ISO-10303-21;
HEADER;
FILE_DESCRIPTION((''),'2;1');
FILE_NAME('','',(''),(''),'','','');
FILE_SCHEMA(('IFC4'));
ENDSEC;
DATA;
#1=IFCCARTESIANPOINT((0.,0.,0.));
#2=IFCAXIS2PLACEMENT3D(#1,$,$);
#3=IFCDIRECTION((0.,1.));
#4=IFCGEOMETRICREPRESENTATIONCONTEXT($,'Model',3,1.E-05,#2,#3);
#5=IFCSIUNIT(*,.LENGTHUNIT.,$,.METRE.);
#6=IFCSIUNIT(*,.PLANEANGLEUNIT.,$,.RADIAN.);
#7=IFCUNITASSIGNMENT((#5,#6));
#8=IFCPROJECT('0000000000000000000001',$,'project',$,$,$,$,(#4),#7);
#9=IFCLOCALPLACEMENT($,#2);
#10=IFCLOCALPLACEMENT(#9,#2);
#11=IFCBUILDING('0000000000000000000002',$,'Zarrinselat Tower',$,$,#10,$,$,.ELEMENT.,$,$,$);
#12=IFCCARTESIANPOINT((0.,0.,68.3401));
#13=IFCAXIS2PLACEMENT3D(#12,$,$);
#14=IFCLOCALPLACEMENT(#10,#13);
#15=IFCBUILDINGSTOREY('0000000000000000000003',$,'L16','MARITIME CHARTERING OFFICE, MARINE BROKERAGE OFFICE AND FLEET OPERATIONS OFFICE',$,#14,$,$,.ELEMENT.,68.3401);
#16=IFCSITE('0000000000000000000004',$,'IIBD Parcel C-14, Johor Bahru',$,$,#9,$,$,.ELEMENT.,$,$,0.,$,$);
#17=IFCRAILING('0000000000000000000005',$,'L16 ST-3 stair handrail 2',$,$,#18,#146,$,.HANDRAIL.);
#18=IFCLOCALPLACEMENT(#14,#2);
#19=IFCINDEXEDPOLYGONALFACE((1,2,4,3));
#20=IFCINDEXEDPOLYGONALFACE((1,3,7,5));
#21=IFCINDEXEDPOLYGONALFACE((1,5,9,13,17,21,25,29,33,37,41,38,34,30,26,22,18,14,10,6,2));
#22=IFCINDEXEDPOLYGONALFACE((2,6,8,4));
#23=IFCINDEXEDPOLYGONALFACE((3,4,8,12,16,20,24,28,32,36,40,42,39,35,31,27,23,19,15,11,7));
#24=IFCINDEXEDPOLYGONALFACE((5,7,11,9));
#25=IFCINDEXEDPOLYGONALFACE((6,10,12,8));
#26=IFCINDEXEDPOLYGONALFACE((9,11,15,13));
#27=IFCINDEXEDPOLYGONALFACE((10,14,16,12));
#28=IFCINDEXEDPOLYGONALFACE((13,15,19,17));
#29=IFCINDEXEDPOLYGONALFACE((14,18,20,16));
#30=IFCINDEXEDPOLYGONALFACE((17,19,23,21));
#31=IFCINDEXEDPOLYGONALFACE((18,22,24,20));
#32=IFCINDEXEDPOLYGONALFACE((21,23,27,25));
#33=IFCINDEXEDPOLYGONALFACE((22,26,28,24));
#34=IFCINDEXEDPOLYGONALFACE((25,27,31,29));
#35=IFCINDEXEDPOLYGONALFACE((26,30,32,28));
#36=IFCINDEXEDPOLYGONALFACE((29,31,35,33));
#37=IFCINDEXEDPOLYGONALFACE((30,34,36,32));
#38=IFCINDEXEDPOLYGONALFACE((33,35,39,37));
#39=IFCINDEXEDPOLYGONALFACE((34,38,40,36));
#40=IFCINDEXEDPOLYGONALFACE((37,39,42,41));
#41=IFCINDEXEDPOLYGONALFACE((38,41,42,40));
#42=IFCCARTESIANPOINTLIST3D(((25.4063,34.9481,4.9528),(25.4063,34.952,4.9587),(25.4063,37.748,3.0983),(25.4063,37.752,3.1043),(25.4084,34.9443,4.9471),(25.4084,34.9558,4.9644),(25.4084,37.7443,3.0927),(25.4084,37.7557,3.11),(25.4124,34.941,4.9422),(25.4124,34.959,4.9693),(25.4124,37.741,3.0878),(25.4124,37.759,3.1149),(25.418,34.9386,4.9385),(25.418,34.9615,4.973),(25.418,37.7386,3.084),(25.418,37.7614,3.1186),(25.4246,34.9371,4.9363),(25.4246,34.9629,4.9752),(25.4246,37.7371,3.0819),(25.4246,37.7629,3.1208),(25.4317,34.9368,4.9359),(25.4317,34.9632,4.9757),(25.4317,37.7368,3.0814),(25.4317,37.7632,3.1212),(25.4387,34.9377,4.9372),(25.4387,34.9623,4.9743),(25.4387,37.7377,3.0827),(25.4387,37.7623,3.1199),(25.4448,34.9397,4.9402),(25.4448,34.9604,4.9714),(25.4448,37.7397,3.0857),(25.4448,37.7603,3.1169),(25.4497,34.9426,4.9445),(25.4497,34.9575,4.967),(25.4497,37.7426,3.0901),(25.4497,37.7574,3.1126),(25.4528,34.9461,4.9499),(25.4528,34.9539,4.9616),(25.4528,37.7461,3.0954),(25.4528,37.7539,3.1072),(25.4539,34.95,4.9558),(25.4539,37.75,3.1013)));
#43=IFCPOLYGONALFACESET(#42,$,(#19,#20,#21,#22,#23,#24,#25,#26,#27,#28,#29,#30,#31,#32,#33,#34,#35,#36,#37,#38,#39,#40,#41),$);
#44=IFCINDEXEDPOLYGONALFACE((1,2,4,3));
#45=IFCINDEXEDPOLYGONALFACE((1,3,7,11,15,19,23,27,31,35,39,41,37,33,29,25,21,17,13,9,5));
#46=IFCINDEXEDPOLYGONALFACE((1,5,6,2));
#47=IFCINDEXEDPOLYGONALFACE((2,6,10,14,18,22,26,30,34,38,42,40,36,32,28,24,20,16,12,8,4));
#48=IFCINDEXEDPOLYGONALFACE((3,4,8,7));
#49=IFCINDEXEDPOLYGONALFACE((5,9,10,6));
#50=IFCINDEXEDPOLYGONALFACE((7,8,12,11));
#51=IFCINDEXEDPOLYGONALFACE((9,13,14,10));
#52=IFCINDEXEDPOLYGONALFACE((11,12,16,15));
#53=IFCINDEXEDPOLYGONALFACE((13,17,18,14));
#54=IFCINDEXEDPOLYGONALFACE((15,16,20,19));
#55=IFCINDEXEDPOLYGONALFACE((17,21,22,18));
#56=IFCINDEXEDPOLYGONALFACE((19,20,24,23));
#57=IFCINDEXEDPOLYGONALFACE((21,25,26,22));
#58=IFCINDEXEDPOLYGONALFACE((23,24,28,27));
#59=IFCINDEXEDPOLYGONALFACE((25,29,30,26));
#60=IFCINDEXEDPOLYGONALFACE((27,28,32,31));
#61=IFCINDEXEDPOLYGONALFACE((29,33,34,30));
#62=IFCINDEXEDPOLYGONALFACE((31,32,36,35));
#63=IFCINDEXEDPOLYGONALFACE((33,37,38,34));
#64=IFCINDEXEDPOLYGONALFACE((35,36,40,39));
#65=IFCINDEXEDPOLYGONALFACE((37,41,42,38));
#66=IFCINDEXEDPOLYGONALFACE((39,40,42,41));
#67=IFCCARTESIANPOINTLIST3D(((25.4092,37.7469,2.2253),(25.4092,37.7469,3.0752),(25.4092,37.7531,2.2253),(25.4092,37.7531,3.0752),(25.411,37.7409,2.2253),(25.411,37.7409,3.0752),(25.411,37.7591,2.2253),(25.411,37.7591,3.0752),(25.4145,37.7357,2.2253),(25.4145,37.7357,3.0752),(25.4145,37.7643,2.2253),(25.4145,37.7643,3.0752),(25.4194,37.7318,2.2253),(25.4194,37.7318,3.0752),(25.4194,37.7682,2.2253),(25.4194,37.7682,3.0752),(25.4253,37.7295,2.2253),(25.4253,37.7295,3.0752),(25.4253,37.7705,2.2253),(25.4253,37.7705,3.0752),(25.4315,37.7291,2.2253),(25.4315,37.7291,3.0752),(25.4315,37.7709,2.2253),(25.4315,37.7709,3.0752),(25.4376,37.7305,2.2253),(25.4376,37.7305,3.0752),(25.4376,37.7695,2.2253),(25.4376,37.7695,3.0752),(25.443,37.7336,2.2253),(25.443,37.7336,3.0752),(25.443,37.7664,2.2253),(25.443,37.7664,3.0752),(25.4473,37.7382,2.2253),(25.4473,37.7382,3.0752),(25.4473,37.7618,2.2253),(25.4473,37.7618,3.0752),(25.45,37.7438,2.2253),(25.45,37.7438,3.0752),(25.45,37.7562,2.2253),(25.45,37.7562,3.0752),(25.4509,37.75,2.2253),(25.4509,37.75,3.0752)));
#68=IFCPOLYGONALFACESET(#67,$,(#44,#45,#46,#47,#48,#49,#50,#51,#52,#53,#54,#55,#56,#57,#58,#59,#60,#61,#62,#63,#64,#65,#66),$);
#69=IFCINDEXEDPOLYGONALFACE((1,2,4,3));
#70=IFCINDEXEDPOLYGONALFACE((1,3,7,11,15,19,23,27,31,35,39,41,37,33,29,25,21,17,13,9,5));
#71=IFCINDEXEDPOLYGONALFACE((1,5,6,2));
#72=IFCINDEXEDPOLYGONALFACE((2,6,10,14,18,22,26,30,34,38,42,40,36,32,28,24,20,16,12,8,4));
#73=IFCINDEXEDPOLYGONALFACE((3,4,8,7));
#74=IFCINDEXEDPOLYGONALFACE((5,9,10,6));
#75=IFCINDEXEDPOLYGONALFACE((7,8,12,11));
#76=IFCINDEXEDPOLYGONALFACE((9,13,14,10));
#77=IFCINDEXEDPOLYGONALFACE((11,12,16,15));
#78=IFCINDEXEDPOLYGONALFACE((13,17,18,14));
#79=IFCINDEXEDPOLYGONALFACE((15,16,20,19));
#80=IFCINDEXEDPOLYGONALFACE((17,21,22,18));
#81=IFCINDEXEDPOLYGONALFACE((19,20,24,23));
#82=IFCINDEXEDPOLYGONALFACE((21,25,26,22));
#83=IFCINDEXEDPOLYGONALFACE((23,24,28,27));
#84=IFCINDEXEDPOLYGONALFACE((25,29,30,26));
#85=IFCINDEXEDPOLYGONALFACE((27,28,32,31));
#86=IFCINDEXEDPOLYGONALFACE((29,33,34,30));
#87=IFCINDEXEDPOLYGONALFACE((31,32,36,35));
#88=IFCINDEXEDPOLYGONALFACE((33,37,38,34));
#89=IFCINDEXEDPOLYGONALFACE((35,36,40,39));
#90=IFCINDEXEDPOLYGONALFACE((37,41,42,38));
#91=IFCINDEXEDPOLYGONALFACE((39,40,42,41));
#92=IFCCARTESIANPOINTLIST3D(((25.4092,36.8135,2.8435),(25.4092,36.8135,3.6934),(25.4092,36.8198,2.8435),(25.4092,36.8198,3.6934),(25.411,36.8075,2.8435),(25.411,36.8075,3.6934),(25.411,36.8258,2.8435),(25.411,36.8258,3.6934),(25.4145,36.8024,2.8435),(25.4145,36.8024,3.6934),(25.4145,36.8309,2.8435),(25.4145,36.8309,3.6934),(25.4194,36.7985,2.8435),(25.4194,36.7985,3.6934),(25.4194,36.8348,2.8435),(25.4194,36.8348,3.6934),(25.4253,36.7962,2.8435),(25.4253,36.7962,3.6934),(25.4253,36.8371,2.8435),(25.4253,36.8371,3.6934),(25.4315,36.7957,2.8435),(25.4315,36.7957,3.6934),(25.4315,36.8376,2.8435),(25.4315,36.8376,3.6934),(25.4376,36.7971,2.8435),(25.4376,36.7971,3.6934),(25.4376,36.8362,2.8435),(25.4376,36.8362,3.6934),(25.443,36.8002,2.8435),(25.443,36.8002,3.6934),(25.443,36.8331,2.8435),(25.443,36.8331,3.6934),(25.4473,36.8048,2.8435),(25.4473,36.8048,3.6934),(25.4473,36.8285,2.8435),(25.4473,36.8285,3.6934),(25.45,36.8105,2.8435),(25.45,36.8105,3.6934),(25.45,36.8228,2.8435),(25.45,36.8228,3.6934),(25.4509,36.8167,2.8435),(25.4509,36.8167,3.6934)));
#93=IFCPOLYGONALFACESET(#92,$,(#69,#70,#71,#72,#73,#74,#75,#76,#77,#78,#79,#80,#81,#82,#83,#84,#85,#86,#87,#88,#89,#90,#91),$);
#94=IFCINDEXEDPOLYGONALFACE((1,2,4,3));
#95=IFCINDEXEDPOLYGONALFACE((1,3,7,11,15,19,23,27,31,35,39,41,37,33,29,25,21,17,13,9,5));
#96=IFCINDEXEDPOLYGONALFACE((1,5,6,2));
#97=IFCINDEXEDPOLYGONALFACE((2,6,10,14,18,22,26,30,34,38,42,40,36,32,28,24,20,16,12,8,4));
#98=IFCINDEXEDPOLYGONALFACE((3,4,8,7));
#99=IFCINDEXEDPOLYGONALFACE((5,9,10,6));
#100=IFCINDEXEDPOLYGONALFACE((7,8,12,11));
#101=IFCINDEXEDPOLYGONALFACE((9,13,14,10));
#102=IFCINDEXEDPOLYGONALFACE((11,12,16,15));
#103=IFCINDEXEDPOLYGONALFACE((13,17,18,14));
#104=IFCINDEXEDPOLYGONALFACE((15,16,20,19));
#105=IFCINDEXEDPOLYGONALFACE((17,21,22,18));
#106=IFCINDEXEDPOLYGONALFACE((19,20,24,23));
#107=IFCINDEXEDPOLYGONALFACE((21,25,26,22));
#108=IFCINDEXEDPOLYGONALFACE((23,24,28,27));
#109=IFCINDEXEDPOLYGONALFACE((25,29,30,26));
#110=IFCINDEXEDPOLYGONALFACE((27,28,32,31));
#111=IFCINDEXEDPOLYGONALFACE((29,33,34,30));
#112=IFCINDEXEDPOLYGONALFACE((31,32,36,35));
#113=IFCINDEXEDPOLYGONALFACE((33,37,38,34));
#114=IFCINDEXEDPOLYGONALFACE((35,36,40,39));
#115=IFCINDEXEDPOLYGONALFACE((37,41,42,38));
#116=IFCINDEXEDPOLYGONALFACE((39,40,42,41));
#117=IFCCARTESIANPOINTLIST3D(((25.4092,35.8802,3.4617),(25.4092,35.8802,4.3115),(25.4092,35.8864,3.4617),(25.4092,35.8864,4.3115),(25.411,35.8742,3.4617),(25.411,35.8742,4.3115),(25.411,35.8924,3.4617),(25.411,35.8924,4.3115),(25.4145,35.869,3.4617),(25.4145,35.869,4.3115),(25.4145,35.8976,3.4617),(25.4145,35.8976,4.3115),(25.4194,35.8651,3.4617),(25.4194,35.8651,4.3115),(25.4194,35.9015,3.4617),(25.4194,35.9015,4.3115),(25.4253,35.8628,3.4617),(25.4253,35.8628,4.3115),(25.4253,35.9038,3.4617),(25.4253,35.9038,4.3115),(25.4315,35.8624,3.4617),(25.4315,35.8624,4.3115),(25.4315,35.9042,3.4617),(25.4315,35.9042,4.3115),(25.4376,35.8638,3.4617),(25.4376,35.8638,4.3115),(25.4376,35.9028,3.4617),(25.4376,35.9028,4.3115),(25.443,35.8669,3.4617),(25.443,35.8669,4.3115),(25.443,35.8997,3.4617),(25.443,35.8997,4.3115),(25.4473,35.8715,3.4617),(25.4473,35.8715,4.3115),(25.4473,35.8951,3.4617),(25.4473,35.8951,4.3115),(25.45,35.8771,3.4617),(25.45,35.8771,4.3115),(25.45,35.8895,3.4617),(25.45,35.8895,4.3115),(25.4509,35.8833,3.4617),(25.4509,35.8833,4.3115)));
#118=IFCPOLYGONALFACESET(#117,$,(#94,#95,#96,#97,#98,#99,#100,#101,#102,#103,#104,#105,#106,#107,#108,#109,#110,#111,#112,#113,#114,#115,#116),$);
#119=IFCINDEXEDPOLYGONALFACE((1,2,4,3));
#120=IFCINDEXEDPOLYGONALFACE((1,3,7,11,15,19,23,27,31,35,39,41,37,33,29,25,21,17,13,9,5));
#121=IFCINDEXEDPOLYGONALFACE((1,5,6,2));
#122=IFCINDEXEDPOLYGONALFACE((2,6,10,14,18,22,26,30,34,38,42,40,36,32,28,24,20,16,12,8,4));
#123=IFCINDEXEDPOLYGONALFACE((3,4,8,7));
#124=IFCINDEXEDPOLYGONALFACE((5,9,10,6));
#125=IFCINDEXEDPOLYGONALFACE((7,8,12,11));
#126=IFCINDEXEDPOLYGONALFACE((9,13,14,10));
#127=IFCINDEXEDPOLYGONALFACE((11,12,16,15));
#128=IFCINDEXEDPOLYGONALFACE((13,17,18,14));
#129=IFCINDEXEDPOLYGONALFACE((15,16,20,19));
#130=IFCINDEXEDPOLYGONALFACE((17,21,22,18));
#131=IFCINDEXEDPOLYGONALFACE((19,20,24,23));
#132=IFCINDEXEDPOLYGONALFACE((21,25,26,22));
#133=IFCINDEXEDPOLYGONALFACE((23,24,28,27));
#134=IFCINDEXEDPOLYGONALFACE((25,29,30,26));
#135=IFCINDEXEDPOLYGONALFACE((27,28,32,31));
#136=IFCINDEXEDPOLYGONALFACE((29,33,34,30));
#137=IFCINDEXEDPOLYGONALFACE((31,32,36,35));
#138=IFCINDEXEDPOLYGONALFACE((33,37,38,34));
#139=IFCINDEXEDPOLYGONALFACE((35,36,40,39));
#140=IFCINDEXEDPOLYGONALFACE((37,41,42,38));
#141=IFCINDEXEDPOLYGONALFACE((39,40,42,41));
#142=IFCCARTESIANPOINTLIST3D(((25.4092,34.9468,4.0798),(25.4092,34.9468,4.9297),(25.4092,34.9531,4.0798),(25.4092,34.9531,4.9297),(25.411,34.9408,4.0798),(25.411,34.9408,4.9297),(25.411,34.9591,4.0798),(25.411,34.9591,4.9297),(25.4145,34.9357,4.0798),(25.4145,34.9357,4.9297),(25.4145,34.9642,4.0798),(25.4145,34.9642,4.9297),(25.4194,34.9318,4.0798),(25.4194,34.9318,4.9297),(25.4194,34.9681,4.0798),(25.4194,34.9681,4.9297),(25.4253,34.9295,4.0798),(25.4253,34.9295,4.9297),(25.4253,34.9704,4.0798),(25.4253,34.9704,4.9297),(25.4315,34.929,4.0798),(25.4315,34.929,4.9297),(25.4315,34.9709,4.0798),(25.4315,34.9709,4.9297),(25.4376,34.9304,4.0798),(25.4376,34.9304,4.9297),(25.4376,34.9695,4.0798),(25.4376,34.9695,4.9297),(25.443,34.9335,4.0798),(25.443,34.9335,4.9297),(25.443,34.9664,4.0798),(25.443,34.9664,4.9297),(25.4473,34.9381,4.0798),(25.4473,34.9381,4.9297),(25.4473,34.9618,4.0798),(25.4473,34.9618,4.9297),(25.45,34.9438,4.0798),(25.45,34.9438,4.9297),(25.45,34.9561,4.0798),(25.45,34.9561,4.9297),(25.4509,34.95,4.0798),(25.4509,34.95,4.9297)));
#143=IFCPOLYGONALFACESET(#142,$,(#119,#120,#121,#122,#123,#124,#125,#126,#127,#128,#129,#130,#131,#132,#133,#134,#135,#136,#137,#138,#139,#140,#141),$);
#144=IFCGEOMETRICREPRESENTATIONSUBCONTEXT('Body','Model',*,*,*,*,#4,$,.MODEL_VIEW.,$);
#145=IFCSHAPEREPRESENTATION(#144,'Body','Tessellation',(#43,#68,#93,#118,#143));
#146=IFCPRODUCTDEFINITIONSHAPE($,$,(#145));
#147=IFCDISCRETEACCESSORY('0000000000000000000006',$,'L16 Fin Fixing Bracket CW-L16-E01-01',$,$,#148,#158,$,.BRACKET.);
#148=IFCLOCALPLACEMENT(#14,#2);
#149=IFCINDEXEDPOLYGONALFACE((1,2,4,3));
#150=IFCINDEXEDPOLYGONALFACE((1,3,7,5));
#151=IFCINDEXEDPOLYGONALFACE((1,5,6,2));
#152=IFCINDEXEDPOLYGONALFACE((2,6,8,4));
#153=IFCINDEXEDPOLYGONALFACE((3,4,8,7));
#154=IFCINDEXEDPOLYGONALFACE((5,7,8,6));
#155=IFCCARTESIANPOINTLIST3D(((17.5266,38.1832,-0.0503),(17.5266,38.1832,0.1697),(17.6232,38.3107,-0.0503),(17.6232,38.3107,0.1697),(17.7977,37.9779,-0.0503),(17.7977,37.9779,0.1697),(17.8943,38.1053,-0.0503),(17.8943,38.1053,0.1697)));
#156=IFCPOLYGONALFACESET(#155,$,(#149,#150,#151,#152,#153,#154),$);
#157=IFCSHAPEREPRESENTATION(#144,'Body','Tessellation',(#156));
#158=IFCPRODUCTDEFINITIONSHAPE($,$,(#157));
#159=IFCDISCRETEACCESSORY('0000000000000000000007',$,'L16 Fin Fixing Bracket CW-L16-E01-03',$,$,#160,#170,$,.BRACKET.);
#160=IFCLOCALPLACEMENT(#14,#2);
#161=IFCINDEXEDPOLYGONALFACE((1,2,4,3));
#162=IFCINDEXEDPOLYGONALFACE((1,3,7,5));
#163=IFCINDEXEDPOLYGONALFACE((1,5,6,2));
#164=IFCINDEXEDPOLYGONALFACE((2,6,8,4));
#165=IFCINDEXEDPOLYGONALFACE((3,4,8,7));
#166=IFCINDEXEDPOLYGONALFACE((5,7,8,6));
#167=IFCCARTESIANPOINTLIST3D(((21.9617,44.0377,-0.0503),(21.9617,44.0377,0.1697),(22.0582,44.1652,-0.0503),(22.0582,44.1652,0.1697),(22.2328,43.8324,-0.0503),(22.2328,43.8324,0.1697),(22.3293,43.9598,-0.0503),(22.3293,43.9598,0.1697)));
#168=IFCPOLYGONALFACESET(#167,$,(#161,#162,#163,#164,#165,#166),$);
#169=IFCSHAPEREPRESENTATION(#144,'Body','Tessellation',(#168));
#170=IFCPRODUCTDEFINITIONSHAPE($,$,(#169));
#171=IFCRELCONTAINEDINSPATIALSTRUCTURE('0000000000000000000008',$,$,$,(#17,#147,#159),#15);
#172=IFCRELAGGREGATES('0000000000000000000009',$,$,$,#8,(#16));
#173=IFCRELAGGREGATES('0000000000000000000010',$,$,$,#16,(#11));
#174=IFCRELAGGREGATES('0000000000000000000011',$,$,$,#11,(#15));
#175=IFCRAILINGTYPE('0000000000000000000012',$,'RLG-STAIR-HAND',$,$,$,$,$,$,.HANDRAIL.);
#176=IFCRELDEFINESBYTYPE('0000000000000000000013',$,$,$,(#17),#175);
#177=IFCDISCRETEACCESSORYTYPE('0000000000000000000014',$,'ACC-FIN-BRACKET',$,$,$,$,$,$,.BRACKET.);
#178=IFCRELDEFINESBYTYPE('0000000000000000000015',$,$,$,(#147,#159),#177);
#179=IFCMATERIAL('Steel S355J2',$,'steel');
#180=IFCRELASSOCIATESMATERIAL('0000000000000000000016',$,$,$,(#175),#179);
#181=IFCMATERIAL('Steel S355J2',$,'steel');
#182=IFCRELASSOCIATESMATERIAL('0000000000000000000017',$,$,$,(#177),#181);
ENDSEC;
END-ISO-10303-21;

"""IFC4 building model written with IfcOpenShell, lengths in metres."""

from ifc_helpers import new_model, si_unit, direction, frame, origin, origin_2d, place, context, subcontext, project, spatial, rectangle, circle, extrude, material, type_object, element, save


model = new_model("IFC4")

# Units and contexts
model_context = context("Model", 3, precision=1e-05, world=origin(), true_north=direction((0.0, 1.0)))
body_context = subcontext(model_context, "Body", "Model", "MODEL_VIEW")
ifc_project = project(units=[si_unit("LENGTHUNIT", "METRE"), si_unit("PLANEANGLEUNIT", "RADIAN")], contexts=[model_context])

# Site, building, storey
site_placement = place(None, origin())
site = spatial("IfcSite", under=ifc_project, at=site_placement, Name="IIBD Parcel C-14, Johor Bahru", CompositionType="ELEMENT", RefElevation=0.0)
building_placement = place(site_placement, origin())
building = spatial("IfcBuilding", under=site, at=building_placement, Name="Zarrinselat Tower", CompositionType="ELEMENT")
storey_placement = place(building_placement, frame((0.0, 0.0, 68.3401)))
storey = spatial("IfcBuildingStorey", under=building, at=storey_placement, Name="L16", Description="MARITIME CHARTERING OFFICE, MARINE BROKERAGE OFFICE AND FLEET OPERATIONS OFFICE", CompositionType="ELEMENT", Elevation=68.3401)

# Railing
ifc_material_1 = material(Name="Steel S355J2", Category="steel")
railing_type_1 = type_object("IfcRailingType", Name="RLG-STAIR-HAND", PredefinedType="HANDRAIL", material=ifc_material_1)
railing_1_placement = place(storey_placement, frame((25.4299, 37.75, 2.2253)))
element("IfcRailing", 1, at=railing_1_placement, inside=storey, type_object=railing_type_1, Name="L16 ST-3 stair handrail 2", PredefinedType="HANDRAIL", context=body_context, shape_type="SweptSolid", body=[
    extrude(circle(Radius=0.0239, at=origin_2d()), frame((0.0, 0.0, 0.876), z_axis=(0.0, -0.833724, 0.552181), x_axis=(1.0, 0.0, 0.0)), (0.0, 0.0, 1.0), 3.3584),
    extrude(circle(Radius=0.021, at=origin_2d()), origin(), (0.0, 0.0, 1.0), 0.8499),
    extrude(circle(Radius=0.021, at=origin_2d()), frame((0.0, -0.9333, 0.6182)), (0.0, 0.0, 1.0), 0.8499),
    extrude(circle(Radius=0.021, at=origin_2d()), frame((0.0, -1.8667, 1.2363)), (0.0, 0.0, 1.0), 0.8499),
    extrude(circle(Radius=0.021, at=origin_2d()), frame((0.0, -2.8, 1.8545)), (0.0, 0.0, 1.0), 0.8499),
])

# Discrete accessories
ifc_material_2 = material(Name="Steel S355J2", Category="steel")
discrete_accessory_type = type_object("IfcDiscreteAccessoryType", Name="ACC-FIN-BRACKET", PredefinedType="BRACKET", material=ifc_material_2)
for number, where, z_axis, x_axis, name in (
    (2, (17.7104, 38.1443, -0.0503), (0.0, 0.0, 1.0), (-0.797093, 0.603857, 0.0), "L16 Fin Fixing Bracket CW-L16-E01-01"),
    (3, (22.1455, 43.9988, -0.0503), (0.0, 0.0, 1.0), (-0.797093, 0.603857, 0.0), "L16 Fin Fixing Bracket CW-L16-E01-03"),
):
    element("IfcDiscreteAccessory", number, at=place(storey_placement, frame(where, z_axis=z_axis, x_axis=x_axis)), inside=storey, type_object=discrete_accessory_type, Name=name, PredefinedType="BRACKET", context=body_context, shape_type="SweptSolid", body=[
        extrude(rectangle(XDim=0.3401, YDim=0.1599, at=origin_2d()), origin(), (0.0, 0.0, 1.0), 0.22),
    ])

save(model, "model.ifc")
